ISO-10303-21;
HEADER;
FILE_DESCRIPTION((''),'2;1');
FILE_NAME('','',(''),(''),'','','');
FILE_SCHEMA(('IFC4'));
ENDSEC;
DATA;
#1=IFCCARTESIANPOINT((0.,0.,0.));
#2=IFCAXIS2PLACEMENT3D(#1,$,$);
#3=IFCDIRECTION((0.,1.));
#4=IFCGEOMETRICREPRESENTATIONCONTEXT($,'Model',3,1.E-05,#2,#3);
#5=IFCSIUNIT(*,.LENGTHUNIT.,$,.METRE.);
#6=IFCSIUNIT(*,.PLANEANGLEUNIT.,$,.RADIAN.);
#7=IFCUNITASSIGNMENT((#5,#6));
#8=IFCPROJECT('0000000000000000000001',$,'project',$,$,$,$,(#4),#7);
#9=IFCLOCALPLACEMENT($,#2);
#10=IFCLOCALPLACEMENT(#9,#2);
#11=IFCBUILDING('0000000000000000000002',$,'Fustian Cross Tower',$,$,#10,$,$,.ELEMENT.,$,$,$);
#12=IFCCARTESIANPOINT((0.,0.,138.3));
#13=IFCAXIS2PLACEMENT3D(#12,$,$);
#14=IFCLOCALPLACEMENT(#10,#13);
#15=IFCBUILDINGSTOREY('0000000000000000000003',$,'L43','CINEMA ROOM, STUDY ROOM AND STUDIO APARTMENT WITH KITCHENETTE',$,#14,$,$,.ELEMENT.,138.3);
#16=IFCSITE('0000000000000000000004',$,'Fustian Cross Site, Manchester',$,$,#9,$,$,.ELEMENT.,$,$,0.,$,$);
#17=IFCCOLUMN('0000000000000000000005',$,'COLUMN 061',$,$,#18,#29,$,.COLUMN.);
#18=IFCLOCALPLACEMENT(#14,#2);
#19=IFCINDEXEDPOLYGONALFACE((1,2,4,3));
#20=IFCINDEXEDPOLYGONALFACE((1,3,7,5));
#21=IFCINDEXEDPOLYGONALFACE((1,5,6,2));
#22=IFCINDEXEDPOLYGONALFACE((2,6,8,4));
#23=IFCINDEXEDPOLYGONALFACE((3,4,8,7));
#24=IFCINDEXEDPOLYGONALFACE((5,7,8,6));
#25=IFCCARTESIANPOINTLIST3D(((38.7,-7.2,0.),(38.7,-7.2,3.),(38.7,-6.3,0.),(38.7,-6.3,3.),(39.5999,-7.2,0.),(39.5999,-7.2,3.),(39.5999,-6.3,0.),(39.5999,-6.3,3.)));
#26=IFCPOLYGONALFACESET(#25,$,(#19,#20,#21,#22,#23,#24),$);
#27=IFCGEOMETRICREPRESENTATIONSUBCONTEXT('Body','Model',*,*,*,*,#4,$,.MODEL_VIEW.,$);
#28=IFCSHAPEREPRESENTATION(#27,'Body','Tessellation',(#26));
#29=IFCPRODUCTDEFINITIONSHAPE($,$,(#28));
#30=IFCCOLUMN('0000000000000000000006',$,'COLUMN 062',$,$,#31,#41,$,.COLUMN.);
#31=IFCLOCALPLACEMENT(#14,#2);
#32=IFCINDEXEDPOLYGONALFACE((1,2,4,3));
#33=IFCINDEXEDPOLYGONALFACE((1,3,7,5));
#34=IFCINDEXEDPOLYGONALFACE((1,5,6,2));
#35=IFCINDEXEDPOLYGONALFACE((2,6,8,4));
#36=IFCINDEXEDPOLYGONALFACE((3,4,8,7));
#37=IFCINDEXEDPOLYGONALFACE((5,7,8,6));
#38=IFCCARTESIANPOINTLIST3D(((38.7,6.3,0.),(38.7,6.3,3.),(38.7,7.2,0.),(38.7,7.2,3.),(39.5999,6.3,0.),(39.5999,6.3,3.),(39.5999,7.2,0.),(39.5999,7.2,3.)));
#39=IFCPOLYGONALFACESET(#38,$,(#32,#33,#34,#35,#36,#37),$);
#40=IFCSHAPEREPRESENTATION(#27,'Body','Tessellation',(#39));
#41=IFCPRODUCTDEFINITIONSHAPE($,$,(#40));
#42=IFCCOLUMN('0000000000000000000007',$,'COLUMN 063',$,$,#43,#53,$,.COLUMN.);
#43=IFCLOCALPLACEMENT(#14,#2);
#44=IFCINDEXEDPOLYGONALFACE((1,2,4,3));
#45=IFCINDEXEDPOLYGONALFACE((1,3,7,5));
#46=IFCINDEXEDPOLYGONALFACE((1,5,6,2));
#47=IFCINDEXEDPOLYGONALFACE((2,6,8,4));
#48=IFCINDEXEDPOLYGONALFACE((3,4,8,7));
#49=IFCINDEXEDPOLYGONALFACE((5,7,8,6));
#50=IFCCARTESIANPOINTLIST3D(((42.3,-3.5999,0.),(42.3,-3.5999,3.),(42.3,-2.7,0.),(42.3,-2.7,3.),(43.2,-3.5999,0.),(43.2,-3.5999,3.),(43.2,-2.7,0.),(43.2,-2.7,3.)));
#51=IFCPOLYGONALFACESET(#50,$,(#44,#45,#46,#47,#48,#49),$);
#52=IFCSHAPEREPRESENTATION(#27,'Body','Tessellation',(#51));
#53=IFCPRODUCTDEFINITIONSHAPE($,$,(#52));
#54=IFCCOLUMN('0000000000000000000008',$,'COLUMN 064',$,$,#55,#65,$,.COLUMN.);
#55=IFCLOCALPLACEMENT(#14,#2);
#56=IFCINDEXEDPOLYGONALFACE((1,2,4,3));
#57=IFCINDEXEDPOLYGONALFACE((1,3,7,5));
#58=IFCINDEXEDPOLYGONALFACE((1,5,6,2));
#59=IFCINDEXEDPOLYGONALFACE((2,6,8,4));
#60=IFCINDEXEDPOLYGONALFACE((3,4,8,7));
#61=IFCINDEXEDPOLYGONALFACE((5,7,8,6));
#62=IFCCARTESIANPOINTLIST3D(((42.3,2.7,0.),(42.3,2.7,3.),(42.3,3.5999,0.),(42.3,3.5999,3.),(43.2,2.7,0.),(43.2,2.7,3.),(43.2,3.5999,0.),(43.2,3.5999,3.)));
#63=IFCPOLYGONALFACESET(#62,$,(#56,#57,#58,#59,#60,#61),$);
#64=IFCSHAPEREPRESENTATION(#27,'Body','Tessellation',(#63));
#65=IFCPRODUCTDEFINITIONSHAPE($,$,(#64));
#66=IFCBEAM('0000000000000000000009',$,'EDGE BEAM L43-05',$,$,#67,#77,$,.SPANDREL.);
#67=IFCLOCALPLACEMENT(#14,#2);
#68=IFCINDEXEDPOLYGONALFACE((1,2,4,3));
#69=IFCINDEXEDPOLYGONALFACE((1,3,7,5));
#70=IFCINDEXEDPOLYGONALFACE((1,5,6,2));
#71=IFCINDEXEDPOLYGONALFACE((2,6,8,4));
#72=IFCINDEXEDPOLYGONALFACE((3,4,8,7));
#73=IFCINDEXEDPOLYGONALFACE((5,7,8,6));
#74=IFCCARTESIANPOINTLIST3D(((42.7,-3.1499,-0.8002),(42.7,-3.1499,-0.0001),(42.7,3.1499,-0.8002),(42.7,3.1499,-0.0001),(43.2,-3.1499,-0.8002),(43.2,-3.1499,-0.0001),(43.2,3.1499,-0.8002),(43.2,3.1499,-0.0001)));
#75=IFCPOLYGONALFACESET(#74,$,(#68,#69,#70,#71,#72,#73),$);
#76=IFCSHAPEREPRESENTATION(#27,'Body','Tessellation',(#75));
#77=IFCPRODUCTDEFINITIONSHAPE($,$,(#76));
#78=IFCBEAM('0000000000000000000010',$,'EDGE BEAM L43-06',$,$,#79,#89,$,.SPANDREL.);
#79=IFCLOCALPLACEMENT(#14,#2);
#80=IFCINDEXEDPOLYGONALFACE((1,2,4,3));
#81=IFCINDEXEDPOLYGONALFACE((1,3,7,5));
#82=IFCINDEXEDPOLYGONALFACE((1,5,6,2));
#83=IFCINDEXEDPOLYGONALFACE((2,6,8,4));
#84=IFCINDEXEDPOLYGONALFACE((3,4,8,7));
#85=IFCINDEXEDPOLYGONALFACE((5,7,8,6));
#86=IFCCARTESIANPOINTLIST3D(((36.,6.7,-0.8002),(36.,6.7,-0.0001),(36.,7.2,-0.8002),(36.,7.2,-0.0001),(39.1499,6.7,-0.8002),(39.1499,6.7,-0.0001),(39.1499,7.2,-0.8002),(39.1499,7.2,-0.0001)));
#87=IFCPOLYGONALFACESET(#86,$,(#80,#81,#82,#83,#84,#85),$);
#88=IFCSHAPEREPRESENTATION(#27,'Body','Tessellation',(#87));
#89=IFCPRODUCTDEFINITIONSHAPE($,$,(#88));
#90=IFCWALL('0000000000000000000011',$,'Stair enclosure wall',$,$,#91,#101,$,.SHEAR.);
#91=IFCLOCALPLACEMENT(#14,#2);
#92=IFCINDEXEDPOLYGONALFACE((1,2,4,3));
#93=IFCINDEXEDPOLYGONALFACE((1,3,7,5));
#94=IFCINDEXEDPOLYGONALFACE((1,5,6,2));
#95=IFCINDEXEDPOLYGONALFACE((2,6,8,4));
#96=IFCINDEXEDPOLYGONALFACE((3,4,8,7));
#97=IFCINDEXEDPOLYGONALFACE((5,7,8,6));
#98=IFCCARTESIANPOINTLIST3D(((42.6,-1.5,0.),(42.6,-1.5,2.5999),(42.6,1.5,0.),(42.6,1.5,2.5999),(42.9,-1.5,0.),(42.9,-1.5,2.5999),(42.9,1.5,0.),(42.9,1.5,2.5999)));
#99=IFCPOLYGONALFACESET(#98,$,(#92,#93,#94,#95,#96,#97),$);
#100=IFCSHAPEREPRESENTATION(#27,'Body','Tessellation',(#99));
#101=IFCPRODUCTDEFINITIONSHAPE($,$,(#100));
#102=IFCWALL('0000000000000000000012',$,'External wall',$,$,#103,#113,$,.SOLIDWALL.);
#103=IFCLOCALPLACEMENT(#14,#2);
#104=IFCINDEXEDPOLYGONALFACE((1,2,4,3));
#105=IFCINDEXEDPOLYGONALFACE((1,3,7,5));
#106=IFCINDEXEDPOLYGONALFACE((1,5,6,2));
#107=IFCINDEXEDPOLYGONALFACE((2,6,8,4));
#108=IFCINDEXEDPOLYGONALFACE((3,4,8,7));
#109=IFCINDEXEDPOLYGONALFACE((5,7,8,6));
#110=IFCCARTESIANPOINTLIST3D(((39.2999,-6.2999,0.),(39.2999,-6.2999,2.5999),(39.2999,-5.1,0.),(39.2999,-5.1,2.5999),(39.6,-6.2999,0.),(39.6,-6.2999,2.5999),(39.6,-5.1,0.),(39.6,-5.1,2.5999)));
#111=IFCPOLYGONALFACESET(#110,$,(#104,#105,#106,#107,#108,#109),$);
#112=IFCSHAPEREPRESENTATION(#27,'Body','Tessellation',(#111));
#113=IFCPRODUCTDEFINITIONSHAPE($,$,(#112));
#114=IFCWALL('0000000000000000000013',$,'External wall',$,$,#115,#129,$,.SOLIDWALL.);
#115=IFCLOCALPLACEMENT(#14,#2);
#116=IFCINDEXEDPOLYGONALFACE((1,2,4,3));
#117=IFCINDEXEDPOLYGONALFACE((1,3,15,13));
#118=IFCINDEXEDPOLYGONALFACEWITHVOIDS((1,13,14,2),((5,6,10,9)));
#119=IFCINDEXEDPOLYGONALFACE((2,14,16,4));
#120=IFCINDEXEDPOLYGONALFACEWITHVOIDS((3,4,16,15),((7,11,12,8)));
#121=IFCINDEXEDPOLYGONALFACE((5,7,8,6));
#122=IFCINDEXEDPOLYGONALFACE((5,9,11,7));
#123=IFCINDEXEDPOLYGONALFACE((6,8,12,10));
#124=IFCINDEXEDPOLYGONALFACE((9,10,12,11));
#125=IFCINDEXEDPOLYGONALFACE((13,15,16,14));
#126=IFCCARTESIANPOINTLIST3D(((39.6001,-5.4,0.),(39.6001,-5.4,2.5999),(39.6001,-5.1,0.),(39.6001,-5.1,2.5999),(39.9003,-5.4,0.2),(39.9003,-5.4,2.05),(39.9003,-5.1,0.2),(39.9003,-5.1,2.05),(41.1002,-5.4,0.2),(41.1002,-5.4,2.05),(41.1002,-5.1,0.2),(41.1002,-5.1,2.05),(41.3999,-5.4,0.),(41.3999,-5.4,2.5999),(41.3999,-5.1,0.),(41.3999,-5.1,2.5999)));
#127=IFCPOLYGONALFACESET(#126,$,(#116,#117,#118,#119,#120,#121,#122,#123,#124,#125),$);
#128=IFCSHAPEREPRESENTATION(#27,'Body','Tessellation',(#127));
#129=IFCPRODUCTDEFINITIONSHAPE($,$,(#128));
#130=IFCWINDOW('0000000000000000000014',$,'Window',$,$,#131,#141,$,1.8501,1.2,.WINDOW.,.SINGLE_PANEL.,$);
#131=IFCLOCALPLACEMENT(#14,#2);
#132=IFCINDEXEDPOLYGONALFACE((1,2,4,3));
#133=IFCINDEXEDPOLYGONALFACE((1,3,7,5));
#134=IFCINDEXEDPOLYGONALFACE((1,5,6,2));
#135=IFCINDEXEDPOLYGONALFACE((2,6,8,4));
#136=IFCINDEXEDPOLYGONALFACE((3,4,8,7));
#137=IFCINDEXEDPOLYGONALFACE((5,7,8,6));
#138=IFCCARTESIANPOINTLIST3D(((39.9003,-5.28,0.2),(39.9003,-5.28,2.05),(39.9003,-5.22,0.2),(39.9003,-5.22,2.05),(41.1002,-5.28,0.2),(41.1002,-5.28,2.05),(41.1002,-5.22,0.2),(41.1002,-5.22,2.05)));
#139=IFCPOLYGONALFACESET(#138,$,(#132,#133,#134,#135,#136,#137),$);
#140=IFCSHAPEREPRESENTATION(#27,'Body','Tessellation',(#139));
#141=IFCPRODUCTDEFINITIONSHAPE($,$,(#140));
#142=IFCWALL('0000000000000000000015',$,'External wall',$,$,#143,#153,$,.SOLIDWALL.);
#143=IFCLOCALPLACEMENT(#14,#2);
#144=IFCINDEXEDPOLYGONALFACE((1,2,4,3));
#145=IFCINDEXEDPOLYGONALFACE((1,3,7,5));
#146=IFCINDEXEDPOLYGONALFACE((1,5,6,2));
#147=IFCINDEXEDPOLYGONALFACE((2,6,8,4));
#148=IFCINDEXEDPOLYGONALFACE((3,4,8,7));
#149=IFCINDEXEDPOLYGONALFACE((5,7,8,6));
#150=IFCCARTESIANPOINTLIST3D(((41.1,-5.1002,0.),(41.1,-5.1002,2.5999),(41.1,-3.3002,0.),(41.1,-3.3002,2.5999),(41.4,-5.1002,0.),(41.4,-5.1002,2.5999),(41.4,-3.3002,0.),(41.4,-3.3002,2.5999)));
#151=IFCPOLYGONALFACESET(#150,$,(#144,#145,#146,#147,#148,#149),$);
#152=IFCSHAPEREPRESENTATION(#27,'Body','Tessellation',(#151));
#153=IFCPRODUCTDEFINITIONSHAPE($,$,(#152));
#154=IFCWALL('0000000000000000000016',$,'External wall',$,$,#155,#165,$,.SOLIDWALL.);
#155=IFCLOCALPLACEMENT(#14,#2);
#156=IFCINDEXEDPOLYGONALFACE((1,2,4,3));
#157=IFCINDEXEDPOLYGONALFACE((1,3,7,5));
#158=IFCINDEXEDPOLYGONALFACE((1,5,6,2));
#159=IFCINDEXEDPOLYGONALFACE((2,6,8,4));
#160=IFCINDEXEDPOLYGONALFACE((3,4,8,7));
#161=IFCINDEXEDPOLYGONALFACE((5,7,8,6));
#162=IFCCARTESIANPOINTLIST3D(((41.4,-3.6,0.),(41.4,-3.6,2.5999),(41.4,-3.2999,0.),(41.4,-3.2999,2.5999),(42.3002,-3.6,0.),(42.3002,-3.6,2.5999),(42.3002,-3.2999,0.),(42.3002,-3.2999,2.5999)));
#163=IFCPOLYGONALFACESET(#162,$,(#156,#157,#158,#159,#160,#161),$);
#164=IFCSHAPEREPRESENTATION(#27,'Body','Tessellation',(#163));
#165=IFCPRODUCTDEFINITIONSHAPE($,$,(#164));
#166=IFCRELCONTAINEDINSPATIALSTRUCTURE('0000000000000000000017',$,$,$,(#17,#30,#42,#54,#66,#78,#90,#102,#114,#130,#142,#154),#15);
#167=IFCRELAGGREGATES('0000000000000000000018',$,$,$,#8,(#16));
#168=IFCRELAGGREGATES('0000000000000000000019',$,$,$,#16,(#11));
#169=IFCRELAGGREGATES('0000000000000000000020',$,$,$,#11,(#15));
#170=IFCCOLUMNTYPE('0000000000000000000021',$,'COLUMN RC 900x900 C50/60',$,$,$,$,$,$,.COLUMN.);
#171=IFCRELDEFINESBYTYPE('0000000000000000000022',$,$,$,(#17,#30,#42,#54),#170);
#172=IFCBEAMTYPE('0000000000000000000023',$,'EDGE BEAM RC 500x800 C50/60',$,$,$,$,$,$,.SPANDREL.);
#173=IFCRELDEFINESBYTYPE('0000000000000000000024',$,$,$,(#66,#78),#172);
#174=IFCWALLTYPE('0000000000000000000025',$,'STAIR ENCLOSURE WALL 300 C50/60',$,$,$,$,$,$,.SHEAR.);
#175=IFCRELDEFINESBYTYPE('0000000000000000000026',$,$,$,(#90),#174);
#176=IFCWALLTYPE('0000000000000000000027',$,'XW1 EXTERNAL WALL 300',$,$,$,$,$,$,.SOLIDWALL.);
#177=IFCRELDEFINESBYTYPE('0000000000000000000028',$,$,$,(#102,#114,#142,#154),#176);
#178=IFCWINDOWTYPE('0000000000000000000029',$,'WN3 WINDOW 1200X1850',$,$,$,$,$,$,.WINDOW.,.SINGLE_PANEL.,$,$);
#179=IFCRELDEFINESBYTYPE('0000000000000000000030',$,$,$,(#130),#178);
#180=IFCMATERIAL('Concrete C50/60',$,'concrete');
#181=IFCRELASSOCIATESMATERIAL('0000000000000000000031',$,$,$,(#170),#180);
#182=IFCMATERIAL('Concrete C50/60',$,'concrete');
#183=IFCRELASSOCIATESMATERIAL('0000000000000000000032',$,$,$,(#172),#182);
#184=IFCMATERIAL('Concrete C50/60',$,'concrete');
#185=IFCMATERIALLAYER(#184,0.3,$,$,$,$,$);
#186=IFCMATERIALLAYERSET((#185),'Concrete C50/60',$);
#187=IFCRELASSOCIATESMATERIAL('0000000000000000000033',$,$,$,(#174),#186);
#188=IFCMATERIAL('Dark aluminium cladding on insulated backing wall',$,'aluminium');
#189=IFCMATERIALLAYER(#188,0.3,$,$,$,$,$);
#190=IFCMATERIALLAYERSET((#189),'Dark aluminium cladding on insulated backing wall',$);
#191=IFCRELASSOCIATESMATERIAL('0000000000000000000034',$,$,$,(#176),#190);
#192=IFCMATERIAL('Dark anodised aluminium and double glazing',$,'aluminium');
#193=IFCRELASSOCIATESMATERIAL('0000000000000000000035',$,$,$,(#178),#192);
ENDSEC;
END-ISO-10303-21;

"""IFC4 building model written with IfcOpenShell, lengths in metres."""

from ifc_helpers import new_model, si_unit, direction, frame, frame_2d, origin, origin_2d, place, context, subcontext, project, spatial, rectangle, extrude, material, layer, layer_set, material_profile, profile_set, type_object, element, fill, save


model = new_model("IFC4")

# Units and contexts
model_context = context("Model", 3, precision=1e-05, world=origin(), true_north=direction((0.0, 1.0)))
body_context = subcontext(model_context, "Body", "Model", "MODEL_VIEW")
ifc_project = project(units=[si_unit("LENGTHUNIT", "METRE"), si_unit("PLANEANGLEUNIT", "RADIAN")], contexts=[model_context])

# Site, building, storey
site_placement = place(None, origin())
site = spatial("IfcSite", under=ifc_project, at=site_placement, Name="Fustian Cross Site, Manchester", CompositionType="ELEMENT", RefElevation=0.0)
building_placement = place(site_placement, origin())
building = spatial("IfcBuilding", under=site, at=building_placement, Name="Fustian Cross Tower", CompositionType="ELEMENT")
storey_placement = place(building_placement, frame((0.0, 0.0, 138.3)))
storey = spatial("IfcBuildingStorey", under=building, at=storey_placement, Name="L43", Description="CINEMA ROOM, STUDY ROOM AND STUDIO APARTMENT WITH KITCHENETTE", CompositionType="ELEMENT", Elevation=138.3)

# Columns
ifc_material_1 = material(Name="Concrete C50/60", Category="concrete")
ifc_material_profile_1 = material_profile(ifc_material_1, rectangle(XDim=0.8999, YDim=0.8999, at=origin_2d()), Name="RC 900x900")
ifc_profile_set_1 = profile_set([ifc_material_profile_1], Name="Concrete C50/60")
column_type = type_object("IfcColumnType", Name="COLUMN RC 900x900 C50/60", PredefinedType="COLUMN", material=ifc_profile_set_1)
for number, where, z_axis, x_axis, name in (
    (1, (39.1499, -6.75, 0.0), (0.0, 0.0, 1.0), (1.0, 0.0, 0.0), "COLUMN 061"),
    (2, (39.1499, 6.75, 0.0), (0.0, 0.0, 1.0), (1.0, 0.0, 0.0), "COLUMN 062"),
    (3, (42.75, -3.1499, 0.0), (0.0, 0.0, 1.0), (1.0, 0.0, 0.0), "COLUMN 063"),
    (4, (42.75, 3.1499, 0.0), (0.0, 0.0, 1.0), (1.0, 0.0, 0.0), "COLUMN 064"),
):
    element("IfcColumn", number, at=place(storey_placement, frame(where, z_axis=z_axis, x_axis=x_axis)), inside=storey, type_object=column_type, Name=name, PredefinedType="COLUMN", context=body_context, shape_type="SweptSolid", body=[
        extrude(rectangle(XDim=0.8999, YDim=0.8999, at=origin_2d()), origin(), (0.0, 0.0, 1.0), 3.0),
    ])

# Beams
ifc_material_2 = material(Name="Concrete C50/60", Category="concrete")
ifc_material_profile_2 = material_profile(ifc_material_2, rectangle(XDim=0.5, YDim=0.8, at=origin_2d()), Name="RC 500x800")
ifc_profile_set_2 = profile_set([ifc_material_profile_2], Name="Concrete C50/60")
beam_type = type_object("IfcBeamType", Name="EDGE BEAM RC 500x800 C50/60", PredefinedType="SPANDREL", material=ifc_profile_set_2)
beam_1_placement = place(storey_placement, frame((42.95, -3.1499, -0.4001), z_axis=(0.0, 1.0, 0.0), x_axis=(-1.0, 0.0, 0.0)))
element("IfcBeam", 5, at=beam_1_placement, inside=storey, type_object=beam_type, Name="EDGE BEAM L43-05", PredefinedType="SPANDREL", context=body_context, shape_type="SweptSolid", body=[
    extrude(rectangle(XDim=0.5, YDim=0.8, at=origin_2d()), origin(), (0.0, 0.0, 1.0), 6.2998),
])
beam_2_placement = place(storey_placement, frame((39.1499, 6.95, -0.4001), z_axis=(-1.0, 0.0, 0.0), x_axis=(0.0, -1.0, 0.0)))
element("IfcBeam", 6, at=beam_2_placement, inside=storey, type_object=beam_type, Name="EDGE BEAM L43-06", PredefinedType="SPANDREL", context=body_context, shape_type="SweptSolid", body=[
    extrude(rectangle(XDim=0.5, YDim=0.8, at=origin_2d()), origin(), (0.0, 0.0, 1.0), 3.1499),
])

# Walls
ifc_material_3 = material(Name="Concrete C50/60", Category="concrete")
ifc_layer_1 = layer(ifc_material_3, 0.3)
ifc_layer_set_1 = layer_set([ifc_layer_1], Name="Concrete C50/60")
wall_type_1 = type_object("IfcWallType", Name="STAIR ENCLOSURE WALL 300 C50/60", PredefinedType="SHEAR", material=ifc_layer_set_1)
wall_1_placement = place(storey_placement, frame((42.75, -1.5, 0.0), z_axis=(0.0, 0.0, 1.0), x_axis=(0.0, 1.0, 0.0)))
element("IfcWall", 7, at=wall_1_placement, inside=storey, type_object=wall_type_1, Name="Stair enclosure wall", PredefinedType="SHEAR", context=body_context, shape_type="SweptSolid", body=[
    extrude(rectangle(XDim=3.0, YDim=0.3, at=frame_2d((1.5, 0.0))), origin(), (0.0, 0.0, 1.0), 2.5999),
])
ifc_material_4 = material(Name="Dark aluminium cladding on insulated backing wall", Category="aluminium")
ifc_layer_2 = layer(ifc_material_4, 0.3)
ifc_layer_set_2 = layer_set([ifc_layer_2], Name="Dark aluminium cladding on insulated backing wall")
wall_type_2 = type_object("IfcWallType", Name="XW1 EXTERNAL WALL 300", PredefinedType="SOLIDWALL", material=ifc_layer_set_2)
wall_2_placement = place(storey_placement, frame((39.45, -6.3, 0.0), z_axis=(0.0, 0.0, 1.0), x_axis=(0.0, 1.0, 0.0)))
element("IfcWall", 8, at=wall_2_placement, inside=storey, type_object=wall_type_2, Name="External wall", PredefinedType="SOLIDWALL", context=body_context, shape_type="SweptSolid", body=[
    extrude(rectangle(XDim=1.2, YDim=0.3, at=frame_2d((0.6001, 0.0))), origin(), (0.0, 0.0, 1.0), 2.5999),
])

# Wall, opening, window
wall_3_placement = place(storey_placement, frame((39.6001, -5.25, 0.0), z_axis=(0.0, 0.0, 1.0), x_axis=(1.0, 0.0, 0.0)))
wall_3 = element("IfcWall", 9, at=wall_3_placement, inside=storey, type_object=wall_type_2, Name="External wall", PredefinedType="SOLIDWALL", context=body_context, shape_type="SweptSolid", body=[
    extrude(rectangle(XDim=1.7998, YDim=0.3, at=frame_2d((0.8999, 0.0))), origin(), (0.0, 0.0, 1.0), 2.5999),
])
opening_1_placement = place(wall_3_placement, frame((0.3, 0.0, 0.2)))
opening_1 = element("IfcOpeningElement", 10, at=opening_1_placement, cuts=wall_3, PredefinedType="OPENING", context=body_context, shape_type="SweptSolid", body=[
    extrude(rectangle(XDim=1.2, YDim=1.8501, at=frame_2d((0.6001, 0.925))), frame((0.0, 0.1599, 0.0), z_axis=(0.0, -1.0, 0.0), x_axis=(1.0, 0.0, 0.0)), (0.0, 0.0, 1.0), 0.3201),
])
ifc_material_5 = material(Name="Dark anodised aluminium and double glazing", Category="aluminium")
window_type_1 = type_object("IfcWindowType", Name="WN3 WINDOW 1200X1850", PartitioningType="SINGLE_PANEL", PredefinedType="WINDOW", material=ifc_material_5)
window_1_placement = place(opening_1_placement, origin())
window_1 = element("IfcWindow", 11, at=window_1_placement, inside=storey, type_object=window_type_1, Name="Window", OverallHeight=1.8501, OverallWidth=1.2, PartitioningType="SINGLE_PANEL", PredefinedType="WINDOW", context=body_context, shape_type="SweptSolid", body=[
    extrude(rectangle(XDim=1.2, YDim=1.8501, at=frame_2d((0.6001, 0.925))), frame((0.0, 0.03, 0.0), z_axis=(0.0, -1.0, 0.0), x_axis=(1.0, 0.0, 0.0)), (0.0, 0.0, 1.0), 0.0601),
])
fill(opening_1, window_1)

# Walls
wall_4_placement = place(storey_placement, frame((41.25, -5.1001, 0.0), z_axis=(0.0, 0.0, 1.0), x_axis=(0.0, 1.0, 0.0)))
element("IfcWall", 12, at=wall_4_placement, inside=storey, type_object=wall_type_2, Name="External wall", PredefinedType="SOLIDWALL", context=body_context, shape_type="SweptSolid", body=[
    extrude(rectangle(XDim=1.8, YDim=0.3, at=frame_2d((0.8999, 0.0))), origin(), (0.0, 0.0, 1.0), 2.5999),
])
wall_5_placement = place(storey_placement, frame((41.3999, -3.45, 0.0), z_axis=(0.0, 0.0, 1.0), x_axis=(1.0, 0.0, 0.0)))
element("IfcWall", 13, at=wall_5_placement, inside=storey, type_object=wall_type_2, Name="External wall", PredefinedType="SOLIDWALL", context=body_context, shape_type="SweptSolid", body=[
    extrude(rectangle(XDim=0.9001, YDim=0.3, at=frame_2d((0.4502, 0.0))), origin(), (0.0, 0.0, 1.0), 2.5999),
])

save(model, "model.ifc")
